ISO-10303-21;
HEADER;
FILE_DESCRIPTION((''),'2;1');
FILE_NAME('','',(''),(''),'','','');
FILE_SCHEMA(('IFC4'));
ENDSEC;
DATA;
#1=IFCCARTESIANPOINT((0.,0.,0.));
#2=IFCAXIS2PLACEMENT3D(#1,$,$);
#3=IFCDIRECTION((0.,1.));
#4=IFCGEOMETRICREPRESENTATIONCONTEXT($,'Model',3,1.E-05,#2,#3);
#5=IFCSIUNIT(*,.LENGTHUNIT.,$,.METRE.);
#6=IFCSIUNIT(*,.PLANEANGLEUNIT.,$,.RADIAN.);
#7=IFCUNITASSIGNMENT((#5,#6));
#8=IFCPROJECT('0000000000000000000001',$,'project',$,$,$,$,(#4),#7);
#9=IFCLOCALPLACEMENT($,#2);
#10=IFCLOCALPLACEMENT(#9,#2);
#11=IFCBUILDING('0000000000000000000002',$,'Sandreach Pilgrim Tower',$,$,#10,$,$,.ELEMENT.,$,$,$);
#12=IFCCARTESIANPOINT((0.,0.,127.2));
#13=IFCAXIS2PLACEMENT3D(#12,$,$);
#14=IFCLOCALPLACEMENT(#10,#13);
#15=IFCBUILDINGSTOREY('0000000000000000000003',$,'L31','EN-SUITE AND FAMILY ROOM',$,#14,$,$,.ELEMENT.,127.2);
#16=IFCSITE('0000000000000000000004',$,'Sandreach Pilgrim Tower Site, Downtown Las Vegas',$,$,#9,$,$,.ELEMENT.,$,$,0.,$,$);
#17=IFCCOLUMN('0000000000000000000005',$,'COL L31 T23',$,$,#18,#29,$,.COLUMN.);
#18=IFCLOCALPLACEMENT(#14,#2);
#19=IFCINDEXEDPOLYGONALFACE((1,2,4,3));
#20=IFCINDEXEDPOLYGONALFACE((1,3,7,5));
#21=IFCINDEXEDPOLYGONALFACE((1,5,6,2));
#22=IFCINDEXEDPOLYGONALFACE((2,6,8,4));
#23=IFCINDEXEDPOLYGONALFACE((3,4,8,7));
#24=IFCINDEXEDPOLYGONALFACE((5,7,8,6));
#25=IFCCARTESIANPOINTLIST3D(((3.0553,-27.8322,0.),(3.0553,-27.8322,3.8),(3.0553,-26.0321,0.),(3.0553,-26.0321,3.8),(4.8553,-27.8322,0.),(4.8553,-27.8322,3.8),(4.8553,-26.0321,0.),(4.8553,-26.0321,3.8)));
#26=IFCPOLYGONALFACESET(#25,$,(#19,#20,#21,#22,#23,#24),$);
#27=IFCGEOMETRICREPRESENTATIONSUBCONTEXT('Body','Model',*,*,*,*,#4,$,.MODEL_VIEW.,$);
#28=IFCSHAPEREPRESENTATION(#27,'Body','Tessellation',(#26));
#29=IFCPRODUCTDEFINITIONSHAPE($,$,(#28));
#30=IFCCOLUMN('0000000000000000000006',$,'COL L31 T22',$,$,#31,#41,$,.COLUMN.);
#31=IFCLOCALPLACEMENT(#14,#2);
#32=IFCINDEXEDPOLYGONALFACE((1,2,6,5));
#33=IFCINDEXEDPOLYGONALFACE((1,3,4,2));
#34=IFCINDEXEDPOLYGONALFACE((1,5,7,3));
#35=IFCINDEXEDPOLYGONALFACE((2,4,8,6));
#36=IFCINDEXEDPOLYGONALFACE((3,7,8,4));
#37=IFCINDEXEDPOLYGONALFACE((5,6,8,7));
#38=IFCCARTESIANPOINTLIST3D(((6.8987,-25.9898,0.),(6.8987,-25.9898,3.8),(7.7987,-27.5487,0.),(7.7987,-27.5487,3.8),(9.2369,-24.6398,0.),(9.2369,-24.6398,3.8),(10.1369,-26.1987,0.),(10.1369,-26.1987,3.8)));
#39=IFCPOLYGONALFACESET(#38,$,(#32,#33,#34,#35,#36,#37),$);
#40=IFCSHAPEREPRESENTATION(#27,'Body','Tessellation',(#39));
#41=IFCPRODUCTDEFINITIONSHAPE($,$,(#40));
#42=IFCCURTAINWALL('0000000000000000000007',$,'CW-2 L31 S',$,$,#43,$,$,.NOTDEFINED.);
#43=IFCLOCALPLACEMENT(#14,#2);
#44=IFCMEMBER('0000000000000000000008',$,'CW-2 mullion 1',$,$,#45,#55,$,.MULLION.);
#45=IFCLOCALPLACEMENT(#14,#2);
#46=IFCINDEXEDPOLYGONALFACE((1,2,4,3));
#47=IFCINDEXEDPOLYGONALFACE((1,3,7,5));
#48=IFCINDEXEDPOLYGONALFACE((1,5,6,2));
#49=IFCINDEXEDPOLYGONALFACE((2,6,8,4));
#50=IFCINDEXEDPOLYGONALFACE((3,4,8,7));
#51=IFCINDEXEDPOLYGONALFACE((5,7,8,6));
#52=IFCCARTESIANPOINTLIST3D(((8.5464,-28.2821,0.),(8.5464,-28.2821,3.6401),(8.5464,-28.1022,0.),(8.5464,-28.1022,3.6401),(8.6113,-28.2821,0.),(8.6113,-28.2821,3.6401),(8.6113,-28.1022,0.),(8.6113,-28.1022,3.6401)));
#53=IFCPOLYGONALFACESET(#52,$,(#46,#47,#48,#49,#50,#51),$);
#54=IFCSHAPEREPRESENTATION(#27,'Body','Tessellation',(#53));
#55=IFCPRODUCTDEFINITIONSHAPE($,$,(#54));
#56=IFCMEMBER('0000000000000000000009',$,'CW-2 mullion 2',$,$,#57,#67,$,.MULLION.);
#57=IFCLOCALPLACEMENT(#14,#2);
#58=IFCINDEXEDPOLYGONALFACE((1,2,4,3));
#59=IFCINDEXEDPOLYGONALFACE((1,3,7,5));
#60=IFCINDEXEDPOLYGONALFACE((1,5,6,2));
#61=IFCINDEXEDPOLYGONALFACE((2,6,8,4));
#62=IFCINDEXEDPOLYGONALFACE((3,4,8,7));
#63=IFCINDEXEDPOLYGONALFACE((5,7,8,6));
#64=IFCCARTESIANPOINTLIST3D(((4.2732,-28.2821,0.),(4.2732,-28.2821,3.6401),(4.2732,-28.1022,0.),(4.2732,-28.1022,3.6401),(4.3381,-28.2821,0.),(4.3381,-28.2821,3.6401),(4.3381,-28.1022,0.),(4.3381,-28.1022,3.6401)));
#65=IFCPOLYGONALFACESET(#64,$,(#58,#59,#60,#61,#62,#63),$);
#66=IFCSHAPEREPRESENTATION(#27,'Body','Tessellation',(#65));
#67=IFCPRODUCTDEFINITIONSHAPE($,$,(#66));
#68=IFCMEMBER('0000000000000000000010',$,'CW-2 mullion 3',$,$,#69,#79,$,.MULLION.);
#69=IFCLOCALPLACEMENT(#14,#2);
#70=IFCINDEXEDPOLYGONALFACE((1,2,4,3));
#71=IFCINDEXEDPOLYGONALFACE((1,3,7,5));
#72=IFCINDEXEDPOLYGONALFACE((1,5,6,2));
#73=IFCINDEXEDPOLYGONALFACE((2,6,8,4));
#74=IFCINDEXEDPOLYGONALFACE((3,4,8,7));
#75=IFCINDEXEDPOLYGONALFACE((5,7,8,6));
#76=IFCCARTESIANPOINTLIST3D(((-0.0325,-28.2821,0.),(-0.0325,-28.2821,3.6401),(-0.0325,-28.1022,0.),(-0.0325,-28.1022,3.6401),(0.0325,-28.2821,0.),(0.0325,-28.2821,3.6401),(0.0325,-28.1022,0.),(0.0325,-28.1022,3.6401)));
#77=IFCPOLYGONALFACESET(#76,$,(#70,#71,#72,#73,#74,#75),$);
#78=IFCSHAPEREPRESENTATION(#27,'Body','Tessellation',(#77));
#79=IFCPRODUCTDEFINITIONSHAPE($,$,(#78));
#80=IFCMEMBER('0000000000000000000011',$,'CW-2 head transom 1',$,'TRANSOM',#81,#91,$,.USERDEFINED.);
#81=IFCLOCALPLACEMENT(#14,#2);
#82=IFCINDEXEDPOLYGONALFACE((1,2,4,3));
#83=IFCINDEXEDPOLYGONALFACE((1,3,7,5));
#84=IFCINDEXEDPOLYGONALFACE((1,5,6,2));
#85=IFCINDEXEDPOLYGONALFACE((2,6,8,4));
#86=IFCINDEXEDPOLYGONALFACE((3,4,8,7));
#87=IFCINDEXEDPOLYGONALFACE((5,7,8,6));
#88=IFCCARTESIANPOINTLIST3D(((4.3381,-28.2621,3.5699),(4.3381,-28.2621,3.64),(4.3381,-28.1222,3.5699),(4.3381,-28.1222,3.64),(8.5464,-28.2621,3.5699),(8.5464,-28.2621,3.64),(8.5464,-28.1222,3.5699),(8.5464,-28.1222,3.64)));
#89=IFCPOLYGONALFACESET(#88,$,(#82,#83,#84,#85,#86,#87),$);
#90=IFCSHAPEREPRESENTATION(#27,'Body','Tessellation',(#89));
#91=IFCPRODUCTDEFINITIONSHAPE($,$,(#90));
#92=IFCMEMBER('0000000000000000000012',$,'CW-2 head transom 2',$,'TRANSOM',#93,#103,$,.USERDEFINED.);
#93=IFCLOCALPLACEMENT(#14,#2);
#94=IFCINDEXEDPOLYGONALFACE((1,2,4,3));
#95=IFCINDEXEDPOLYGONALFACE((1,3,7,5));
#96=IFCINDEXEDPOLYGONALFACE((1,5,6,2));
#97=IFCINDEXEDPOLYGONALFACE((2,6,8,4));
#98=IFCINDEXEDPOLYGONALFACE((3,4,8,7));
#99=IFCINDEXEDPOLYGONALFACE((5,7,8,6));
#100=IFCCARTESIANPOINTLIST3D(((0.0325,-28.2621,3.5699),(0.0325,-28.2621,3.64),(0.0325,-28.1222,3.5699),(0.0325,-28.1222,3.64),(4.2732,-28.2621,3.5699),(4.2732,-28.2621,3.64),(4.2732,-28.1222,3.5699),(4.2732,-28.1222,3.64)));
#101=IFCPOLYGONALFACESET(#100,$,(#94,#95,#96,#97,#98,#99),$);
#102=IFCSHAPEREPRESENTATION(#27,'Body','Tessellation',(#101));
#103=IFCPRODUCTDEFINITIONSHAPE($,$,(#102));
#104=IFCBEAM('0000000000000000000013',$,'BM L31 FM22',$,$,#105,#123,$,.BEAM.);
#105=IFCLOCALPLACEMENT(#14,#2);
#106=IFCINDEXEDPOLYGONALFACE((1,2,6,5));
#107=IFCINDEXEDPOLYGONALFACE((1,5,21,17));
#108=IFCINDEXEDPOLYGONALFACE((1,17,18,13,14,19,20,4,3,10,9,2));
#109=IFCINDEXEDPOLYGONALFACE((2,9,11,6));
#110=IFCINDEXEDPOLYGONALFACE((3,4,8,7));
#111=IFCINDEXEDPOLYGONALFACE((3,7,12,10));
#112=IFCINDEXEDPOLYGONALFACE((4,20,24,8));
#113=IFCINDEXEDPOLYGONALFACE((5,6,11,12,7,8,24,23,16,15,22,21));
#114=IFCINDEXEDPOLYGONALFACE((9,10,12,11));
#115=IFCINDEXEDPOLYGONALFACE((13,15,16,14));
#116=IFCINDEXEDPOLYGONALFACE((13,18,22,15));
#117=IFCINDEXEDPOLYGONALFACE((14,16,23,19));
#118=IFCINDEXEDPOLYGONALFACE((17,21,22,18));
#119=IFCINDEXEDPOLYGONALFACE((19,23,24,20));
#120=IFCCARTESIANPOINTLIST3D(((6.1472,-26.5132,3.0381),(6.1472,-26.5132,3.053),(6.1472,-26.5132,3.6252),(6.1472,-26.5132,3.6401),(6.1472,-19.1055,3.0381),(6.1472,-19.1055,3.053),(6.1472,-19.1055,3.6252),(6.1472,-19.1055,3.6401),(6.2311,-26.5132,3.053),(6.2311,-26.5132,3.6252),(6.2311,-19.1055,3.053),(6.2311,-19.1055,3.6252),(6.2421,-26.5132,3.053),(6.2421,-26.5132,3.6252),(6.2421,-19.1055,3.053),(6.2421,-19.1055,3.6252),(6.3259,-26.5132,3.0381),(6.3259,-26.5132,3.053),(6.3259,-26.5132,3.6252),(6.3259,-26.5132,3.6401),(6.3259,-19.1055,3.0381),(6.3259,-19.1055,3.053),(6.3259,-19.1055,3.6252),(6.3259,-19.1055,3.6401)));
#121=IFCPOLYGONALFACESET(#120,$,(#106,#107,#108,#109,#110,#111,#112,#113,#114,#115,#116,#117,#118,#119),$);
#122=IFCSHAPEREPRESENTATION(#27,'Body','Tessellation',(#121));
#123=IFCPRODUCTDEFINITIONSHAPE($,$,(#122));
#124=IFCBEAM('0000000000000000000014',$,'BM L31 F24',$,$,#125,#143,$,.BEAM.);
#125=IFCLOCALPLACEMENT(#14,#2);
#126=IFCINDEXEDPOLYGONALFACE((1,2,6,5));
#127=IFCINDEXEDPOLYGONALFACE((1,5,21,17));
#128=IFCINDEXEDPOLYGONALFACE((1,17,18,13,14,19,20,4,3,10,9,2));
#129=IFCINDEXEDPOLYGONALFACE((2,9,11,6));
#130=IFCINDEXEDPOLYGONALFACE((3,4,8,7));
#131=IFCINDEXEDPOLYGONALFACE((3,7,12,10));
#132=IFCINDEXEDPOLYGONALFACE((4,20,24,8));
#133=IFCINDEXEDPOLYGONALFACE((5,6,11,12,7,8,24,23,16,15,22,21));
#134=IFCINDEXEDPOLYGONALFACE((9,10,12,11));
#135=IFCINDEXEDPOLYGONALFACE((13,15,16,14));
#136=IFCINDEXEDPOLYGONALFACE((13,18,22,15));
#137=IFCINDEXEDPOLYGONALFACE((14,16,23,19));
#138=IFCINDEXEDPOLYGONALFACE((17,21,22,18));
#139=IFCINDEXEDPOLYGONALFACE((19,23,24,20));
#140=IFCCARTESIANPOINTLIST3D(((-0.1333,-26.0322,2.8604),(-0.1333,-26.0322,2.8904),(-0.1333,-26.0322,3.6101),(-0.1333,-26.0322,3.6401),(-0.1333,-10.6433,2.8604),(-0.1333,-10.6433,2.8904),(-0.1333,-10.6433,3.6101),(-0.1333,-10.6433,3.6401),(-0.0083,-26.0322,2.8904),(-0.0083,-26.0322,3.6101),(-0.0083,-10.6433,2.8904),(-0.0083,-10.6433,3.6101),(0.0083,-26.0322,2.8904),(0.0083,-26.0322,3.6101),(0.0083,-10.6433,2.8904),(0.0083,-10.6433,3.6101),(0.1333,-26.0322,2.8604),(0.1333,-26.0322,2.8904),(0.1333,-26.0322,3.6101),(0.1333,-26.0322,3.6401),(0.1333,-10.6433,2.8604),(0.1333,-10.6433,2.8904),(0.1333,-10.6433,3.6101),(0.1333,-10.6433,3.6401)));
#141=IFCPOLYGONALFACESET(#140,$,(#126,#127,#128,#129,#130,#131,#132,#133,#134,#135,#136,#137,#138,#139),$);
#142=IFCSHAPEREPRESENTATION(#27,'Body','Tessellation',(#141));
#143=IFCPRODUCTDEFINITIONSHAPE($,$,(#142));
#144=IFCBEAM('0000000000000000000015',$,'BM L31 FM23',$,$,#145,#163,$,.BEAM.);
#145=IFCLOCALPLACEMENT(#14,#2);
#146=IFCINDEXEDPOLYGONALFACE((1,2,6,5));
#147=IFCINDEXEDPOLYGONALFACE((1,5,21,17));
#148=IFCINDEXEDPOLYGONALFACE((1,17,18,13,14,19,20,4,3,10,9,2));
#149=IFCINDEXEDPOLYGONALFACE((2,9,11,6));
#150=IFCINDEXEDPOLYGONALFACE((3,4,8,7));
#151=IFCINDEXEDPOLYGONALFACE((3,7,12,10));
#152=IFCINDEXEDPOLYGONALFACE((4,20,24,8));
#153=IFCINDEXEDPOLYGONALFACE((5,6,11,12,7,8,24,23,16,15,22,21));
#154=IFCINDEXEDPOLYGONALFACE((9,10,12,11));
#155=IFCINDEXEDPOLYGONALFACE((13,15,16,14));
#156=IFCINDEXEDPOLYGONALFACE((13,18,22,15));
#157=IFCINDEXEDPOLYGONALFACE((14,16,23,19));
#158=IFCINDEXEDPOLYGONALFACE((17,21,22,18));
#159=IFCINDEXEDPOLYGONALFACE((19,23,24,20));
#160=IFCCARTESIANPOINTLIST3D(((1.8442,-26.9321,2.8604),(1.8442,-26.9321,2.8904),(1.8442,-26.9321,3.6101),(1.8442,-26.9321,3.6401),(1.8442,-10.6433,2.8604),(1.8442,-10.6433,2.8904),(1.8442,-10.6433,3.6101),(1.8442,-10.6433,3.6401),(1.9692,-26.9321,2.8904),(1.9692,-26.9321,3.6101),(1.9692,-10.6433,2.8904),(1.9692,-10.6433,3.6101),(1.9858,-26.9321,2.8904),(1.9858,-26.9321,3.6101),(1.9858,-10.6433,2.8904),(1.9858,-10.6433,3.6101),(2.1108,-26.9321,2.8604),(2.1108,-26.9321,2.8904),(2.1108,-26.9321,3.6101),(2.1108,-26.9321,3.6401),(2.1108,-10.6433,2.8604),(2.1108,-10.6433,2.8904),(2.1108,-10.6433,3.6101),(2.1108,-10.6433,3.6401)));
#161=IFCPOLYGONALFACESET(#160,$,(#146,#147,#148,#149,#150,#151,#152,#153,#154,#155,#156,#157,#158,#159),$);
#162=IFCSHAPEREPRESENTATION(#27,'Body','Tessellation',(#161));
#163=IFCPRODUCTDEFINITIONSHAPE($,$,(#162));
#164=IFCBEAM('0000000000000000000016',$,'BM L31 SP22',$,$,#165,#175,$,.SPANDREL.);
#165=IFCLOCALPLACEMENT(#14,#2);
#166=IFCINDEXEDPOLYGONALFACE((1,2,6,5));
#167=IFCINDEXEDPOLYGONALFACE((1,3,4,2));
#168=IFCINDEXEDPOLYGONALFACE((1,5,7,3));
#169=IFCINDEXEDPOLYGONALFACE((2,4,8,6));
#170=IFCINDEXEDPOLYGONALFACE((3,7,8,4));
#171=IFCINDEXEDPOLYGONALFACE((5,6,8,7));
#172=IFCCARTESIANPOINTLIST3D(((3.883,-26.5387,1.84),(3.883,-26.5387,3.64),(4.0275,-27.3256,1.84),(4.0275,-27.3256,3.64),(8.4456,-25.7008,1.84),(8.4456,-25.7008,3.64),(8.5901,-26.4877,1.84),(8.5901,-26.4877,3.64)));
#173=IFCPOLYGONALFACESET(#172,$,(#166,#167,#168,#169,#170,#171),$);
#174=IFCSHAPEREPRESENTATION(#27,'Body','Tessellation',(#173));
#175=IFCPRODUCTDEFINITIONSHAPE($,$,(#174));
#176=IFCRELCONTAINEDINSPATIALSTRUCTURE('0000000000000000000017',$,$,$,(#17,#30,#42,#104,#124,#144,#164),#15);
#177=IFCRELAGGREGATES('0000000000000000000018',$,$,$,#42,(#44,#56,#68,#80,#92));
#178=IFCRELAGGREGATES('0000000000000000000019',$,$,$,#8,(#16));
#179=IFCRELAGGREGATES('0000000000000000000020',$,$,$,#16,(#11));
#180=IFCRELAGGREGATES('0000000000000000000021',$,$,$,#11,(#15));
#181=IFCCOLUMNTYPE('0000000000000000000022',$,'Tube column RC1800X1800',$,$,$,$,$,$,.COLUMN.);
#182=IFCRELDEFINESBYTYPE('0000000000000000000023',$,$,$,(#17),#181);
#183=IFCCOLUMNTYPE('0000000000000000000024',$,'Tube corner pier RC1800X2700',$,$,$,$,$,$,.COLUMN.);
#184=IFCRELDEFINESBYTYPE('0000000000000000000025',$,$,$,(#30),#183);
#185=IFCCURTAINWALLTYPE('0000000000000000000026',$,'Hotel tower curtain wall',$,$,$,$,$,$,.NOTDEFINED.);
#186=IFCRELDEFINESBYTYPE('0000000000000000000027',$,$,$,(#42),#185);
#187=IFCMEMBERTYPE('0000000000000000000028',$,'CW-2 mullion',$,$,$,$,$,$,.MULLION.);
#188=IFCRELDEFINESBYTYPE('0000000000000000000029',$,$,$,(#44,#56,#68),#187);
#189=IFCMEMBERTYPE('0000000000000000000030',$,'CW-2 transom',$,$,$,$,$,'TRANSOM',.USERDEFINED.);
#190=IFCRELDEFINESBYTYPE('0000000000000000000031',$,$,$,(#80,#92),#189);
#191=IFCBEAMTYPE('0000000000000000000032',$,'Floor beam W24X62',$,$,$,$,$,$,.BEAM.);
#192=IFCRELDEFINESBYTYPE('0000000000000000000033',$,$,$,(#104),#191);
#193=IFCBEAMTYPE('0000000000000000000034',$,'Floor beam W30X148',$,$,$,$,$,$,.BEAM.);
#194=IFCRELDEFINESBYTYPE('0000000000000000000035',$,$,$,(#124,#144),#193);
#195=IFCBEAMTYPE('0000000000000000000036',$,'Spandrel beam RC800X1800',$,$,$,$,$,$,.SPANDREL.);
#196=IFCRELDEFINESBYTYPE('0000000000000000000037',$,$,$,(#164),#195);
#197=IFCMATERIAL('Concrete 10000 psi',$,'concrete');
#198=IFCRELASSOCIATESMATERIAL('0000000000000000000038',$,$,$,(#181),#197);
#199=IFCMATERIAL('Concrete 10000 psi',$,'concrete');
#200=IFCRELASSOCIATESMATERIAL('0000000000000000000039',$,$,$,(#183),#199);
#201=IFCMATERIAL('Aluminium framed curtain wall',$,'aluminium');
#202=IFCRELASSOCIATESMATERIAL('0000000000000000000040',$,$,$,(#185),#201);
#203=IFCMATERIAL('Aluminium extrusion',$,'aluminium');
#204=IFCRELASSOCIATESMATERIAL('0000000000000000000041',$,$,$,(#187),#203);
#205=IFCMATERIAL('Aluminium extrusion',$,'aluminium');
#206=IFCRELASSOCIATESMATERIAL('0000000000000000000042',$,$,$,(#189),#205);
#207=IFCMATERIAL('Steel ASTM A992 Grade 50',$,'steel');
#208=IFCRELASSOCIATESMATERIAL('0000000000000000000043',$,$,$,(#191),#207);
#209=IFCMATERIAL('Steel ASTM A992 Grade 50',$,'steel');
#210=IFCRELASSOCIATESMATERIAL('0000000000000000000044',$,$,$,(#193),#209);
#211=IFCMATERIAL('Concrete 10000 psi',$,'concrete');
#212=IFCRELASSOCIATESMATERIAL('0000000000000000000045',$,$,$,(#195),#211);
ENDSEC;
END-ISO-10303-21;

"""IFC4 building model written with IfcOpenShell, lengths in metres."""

from ifc_helpers import new_model, si_unit, direction, frame, origin, origin_2d, place, context, subcontext, project, spatial, rectangle, i_section, extrude, material, material_profile, profile_set, type_object, element, aggregate, save


model = new_model("IFC4")

# Units and contexts
model_context = context("Model", 3, precision=1e-05, world=origin(), true_north=direction((0.0, 1.0)))
body_context = subcontext(model_context, "Body", "Model", "MODEL_VIEW")
ifc_project = project(units=[si_unit("LENGTHUNIT", "METRE"), si_unit("PLANEANGLEUNIT", "RADIAN")], contexts=[model_context])

# Site, building, storey
site_placement = place(None, origin())
site = spatial("IfcSite", under=ifc_project, at=site_placement, Name="Sandreach Pilgrim Tower Site, Downtown Las Vegas", CompositionType="ELEMENT", RefElevation=0.0)
building_placement = place(site_placement, origin())
building = spatial("IfcBuilding", under=site, at=building_placement, Name="Sandreach Pilgrim Tower", CompositionType="ELEMENT")
storey_placement = place(building_placement, frame((0.0, 0.0, 127.2)))
storey = spatial("IfcBuildingStorey", under=building, at=storey_placement, Name="L31", Description="EN-SUITE AND FAMILY ROOM", CompositionType="ELEMENT", Elevation=127.2)

# Columns
ifc_material_1 = material(Name="Concrete 10000 psi", Category="concrete")
ifc_material_profile_1 = material_profile(ifc_material_1, rectangle(XDim=1.8, YDim=1.8, at=origin_2d()), Name="RC1800X1800")
ifc_profile_set_1 = profile_set([ifc_material_profile_1], Name="Concrete 10000 psi")
column_type_1 = type_object("IfcColumnType", Name="Tube column RC1800X1800", PredefinedType="COLUMN", material=ifc_profile_set_1)
column_1_placement = place(storey_placement, frame((3.9553, -26.9321, 0.0), z_axis=(0.0, 0.0, 1.0), x_axis=(0.0, -1.0, 0.0)))
element("IfcColumn", 1, at=column_1_placement, inside=storey, type_object=column_type_1, Name="COL L31 T23", PredefinedType="COLUMN", context=body_context, shape_type="SweptSolid", body=[
    extrude(rectangle(XDim=1.8, YDim=1.8, at=origin_2d()), origin(), (0.0, 0.0, 1.0), 3.8),
])
ifc_material_2 = material(Name="Concrete 10000 psi", Category="concrete")
ifc_material_profile_2 = material_profile(ifc_material_2, rectangle(XDim=1.8, YDim=2.7, at=origin_2d()), Name="RC1800X2700")
ifc_profile_set_2 = profile_set([ifc_material_profile_2], Name="Concrete 10000 psi")
column_type_2 = type_object("IfcColumnType", Name="Tube corner pier RC1800X2700", PredefinedType="COLUMN", material=ifc_profile_set_2)
column_2_placement = place(storey_placement, frame((8.5178, -26.0942, 0.0), z_axis=(0.0, 0.0, 1.0), x_axis=(0.5, -0.866025, 0.0)))
element("IfcColumn", 2, at=column_2_placement, inside=storey, type_object=column_type_2, Name="COL L31 T22", PredefinedType="COLUMN", context=body_context, shape_type="SweptSolid", body=[
    extrude(rectangle(XDim=1.8, YDim=2.7, at=origin_2d()), origin(), (0.0, 0.0, 1.0), 3.8),
])

# Curtain wall, members
ifc_material_3 = material(Name="Aluminium framed curtain wall", Category="aluminium")
curtain_wall_type = type_object("IfcCurtainWallType", Name="Hotel tower curtain wall", PredefinedType="NOTDEFINED", material=ifc_material_3)
curtain_wall_placement = place(storey_placement, origin())
curtain_wall = element("IfcCurtainWall", 3, at=curtain_wall_placement, inside=storey, type_object=curtain_wall_type, Name="CW-2 L31 S", PredefinedType="NOTDEFINED")
ifc_material_4 = material(Name="Aluminium extrusion", Category="aluminium")
ifc_material_profile_3 = material_profile(ifc_material_4, rectangle(XDim=0.0649, YDim=0.1799, at=origin_2d()), Name="CW-2M 65X180")
ifc_profile_set_3 = profile_set([ifc_material_profile_3], Name="Aluminium extrusion")
member_type_1 = type_object("IfcMemberType", Name="CW-2 mullion", PredefinedType="MULLION", material=ifc_profile_set_3)
member_1_placement = place(storey_placement, frame((8.5789, -28.1921, 0.0), z_axis=(0.0, 0.0, 1.0), x_axis=(-1.0, 0.0, 0.0)))
member_1 = element("IfcMember", 4, at=member_1_placement, type_object=member_type_1, Name="CW-2 mullion 1", PredefinedType="MULLION", context=body_context, shape_type="SweptSolid", body=[
    extrude(rectangle(XDim=0.0649, YDim=0.1799, at=origin_2d()), origin(), (0.0, 0.0, 1.0), 3.6401),
])
member_2_placement = place(storey_placement, frame((4.3057, -28.1921, 0.0), z_axis=(0.0, 0.0, 1.0), x_axis=(-1.0, 0.0, 0.0)))
member_2 = element("IfcMember", 5, at=member_2_placement, type_object=member_type_1, Name="CW-2 mullion 2", PredefinedType="MULLION", context=body_context, shape_type="SweptSolid", body=[
    extrude(rectangle(XDim=0.0649, YDim=0.1799, at=origin_2d()), origin(), (0.0, 0.0, 1.0), 3.6401),
])
member_3_placement = place(storey_placement, frame((0.0, -28.1921, 0.0), z_axis=(0.0, 0.0, 1.0), x_axis=(-1.0, 0.0, 0.0)))
member_3 = element("IfcMember", 6, at=member_3_placement, type_object=member_type_1, Name="CW-2 mullion 3", PredefinedType="MULLION", context=body_context, shape_type="SweptSolid", body=[
    extrude(rectangle(XDim=0.0649, YDim=0.1799, at=origin_2d()), origin(), (0.0, 0.0, 1.0), 3.6401),
])
ifc_material_5 = material(Name="Aluminium extrusion", Category="aluminium")
ifc_material_profile_4 = material_profile(ifc_material_5, rectangle(XDim=0.1399, YDim=0.0701, at=origin_2d()), Name="CW-2T 140X70")
ifc_profile_set_4 = profile_set([ifc_material_profile_4], Name="Aluminium extrusion")
member_type_2 = type_object("IfcMemberType", Name="CW-2 transom", ElementType="TRANSOM", PredefinedType="USERDEFINED", material=ifc_profile_set_4)
member_4_placement = place(storey_placement, frame((8.5464, -28.1921, 3.605), z_axis=(-1.0, 0.0, 0.0), x_axis=(0.0, -1.0, 0.0)))
member_4 = element("IfcMember", 7, at=member_4_placement, type_object=member_type_2, Name="CW-2 head transom 1", ObjectType="TRANSOM", PredefinedType="USERDEFINED", context=body_context, shape_type="SweptSolid", body=[
    extrude(rectangle(XDim=0.1399, YDim=0.0701, at=origin_2d()), origin(), (0.0, 0.0, 1.0), 4.2083),
])
member_5_placement = place(storey_placement, frame((4.2732, -28.1921, 3.605), z_axis=(-1.0, 0.0, 0.0), x_axis=(0.0, -1.0, 0.0)))
member_5 = element("IfcMember", 8, at=member_5_placement, type_object=member_type_2, Name="CW-2 head transom 2", ObjectType="TRANSOM", PredefinedType="USERDEFINED", context=body_context, shape_type="SweptSolid", body=[
    extrude(rectangle(XDim=0.1399, YDim=0.0701, at=origin_2d()), origin(), (0.0, 0.0, 1.0), 4.2407),
])

# Beams
ifc_material_6 = material(Name="Steel ASTM A992 Grade 50", Category="steel")
ifc_material_profile_5 = material_profile(ifc_material_6, i_section(OverallWidth=0.1787, OverallDepth=0.6021, WebThickness=0.011, FlangeThickness=0.0149, at=origin_2d()), Name="W24X62")
ifc_profile_set_5 = profile_set([ifc_material_profile_5], Name="Steel ASTM A992 Grade 50")
beam_type_1 = type_object("IfcBeamType", Name="Floor beam W24X62", PredefinedType="BEAM", material=ifc_profile_set_5)
beam_1_placement = place(storey_placement, frame((6.2366, -26.5132, 3.3391), z_axis=(0.0, 1.0, 0.0), x_axis=(-1.0, 0.0, 0.0)))
element("IfcBeam", 9, at=beam_1_placement, inside=storey, type_object=beam_type_1, Name="BM L31 FM22", PredefinedType="BEAM", context=body_context, shape_type="SweptSolid", body=[
    extrude(i_section(OverallWidth=0.1787, OverallDepth=0.6021, WebThickness=0.011, FlangeThickness=0.0149, at=origin_2d()), origin(), (0.0, 0.0, 1.0), 7.4077),
])
ifc_material_7 = material(Name="Steel ASTM A992 Grade 50", Category="steel")
ifc_material_profile_6 = material_profile(ifc_material_7, i_section(OverallWidth=0.2666, OverallDepth=0.7798, WebThickness=0.0166, FlangeThickness=0.03, at=origin_2d()), Name="W30X148")
ifc_profile_set_6 = profile_set([ifc_material_profile_6], Name="Steel ASTM A992 Grade 50")
beam_type_2 = type_object("IfcBeamType", Name="Floor beam W30X148", PredefinedType="BEAM", material=ifc_profile_set_6)
beam_2_placement = place(storey_placement, frame((0.0, -26.0322, 3.2502), z_axis=(0.0, 1.0, 0.0), x_axis=(-1.0, 0.0, 0.0)))
element("IfcBeam", 10, at=beam_2_placement, inside=storey, type_object=beam_type_2, Name="BM L31 F24", PredefinedType="BEAM", context=body_context, shape_type="SweptSolid", body=[
    extrude(i_section(OverallWidth=0.2666, OverallDepth=0.7798, WebThickness=0.0166, FlangeThickness=0.03, at=origin_2d()), origin(), (0.0, 0.0, 1.0), 15.3889),
])
beam_3_placement = place(storey_placement, frame((1.9775, -26.9321, 3.2502), z_axis=(0.0, 1.0, 0.0), x_axis=(-1.0, 0.0, 0.0)))
element("IfcBeam", 11, at=beam_3_placement, inside=storey, type_object=beam_type_2, Name="BM L31 FM23", PredefinedType="BEAM", context=body_context, shape_type="SweptSolid", body=[
    extrude(i_section(OverallWidth=0.2666, OverallDepth=0.7798, WebThickness=0.0166, FlangeThickness=0.03, at=origin_2d()), origin(), (0.0, 0.0, 1.0), 16.2888),
])
ifc_material_8 = material(Name="Concrete 10000 psi", Category="concrete")
ifc_material_profile_7 = material_profile(ifc_material_8, rectangle(XDim=0.8, YDim=1.8, at=origin_2d()), Name="RC800X1800")
ifc_profile_set_7 = profile_set([ifc_material_profile_7], Name="Concrete 10000 psi")
beam_type_3 = type_object("IfcBeamType", Name="Spandrel beam RC800X1800", PredefinedType="SPANDREL", material=ifc_profile_set_7)
beam_4_placement = place(storey_placement, frame((8.5178, -26.0942, 2.74), z_axis=(-0.983552, -0.180627, 0.0), x_axis=(0.180627, -0.983552, 0.0)))
element("IfcBeam", 12, at=beam_4_placement, inside=storey, type_object=beam_type_3, Name="BM L31 SP22", PredefinedType="SPANDREL", context=body_context, shape_type="SweptSolid", body=[
    extrude(rectangle(XDim=0.8, YDim=1.8, at=origin_2d()), origin(), (0.0, 0.0, 1.0), 4.6389),
])

aggregate(curtain_wall, [member_1, member_2, member_3, member_4, member_5])

save(model, "model.ifc")
